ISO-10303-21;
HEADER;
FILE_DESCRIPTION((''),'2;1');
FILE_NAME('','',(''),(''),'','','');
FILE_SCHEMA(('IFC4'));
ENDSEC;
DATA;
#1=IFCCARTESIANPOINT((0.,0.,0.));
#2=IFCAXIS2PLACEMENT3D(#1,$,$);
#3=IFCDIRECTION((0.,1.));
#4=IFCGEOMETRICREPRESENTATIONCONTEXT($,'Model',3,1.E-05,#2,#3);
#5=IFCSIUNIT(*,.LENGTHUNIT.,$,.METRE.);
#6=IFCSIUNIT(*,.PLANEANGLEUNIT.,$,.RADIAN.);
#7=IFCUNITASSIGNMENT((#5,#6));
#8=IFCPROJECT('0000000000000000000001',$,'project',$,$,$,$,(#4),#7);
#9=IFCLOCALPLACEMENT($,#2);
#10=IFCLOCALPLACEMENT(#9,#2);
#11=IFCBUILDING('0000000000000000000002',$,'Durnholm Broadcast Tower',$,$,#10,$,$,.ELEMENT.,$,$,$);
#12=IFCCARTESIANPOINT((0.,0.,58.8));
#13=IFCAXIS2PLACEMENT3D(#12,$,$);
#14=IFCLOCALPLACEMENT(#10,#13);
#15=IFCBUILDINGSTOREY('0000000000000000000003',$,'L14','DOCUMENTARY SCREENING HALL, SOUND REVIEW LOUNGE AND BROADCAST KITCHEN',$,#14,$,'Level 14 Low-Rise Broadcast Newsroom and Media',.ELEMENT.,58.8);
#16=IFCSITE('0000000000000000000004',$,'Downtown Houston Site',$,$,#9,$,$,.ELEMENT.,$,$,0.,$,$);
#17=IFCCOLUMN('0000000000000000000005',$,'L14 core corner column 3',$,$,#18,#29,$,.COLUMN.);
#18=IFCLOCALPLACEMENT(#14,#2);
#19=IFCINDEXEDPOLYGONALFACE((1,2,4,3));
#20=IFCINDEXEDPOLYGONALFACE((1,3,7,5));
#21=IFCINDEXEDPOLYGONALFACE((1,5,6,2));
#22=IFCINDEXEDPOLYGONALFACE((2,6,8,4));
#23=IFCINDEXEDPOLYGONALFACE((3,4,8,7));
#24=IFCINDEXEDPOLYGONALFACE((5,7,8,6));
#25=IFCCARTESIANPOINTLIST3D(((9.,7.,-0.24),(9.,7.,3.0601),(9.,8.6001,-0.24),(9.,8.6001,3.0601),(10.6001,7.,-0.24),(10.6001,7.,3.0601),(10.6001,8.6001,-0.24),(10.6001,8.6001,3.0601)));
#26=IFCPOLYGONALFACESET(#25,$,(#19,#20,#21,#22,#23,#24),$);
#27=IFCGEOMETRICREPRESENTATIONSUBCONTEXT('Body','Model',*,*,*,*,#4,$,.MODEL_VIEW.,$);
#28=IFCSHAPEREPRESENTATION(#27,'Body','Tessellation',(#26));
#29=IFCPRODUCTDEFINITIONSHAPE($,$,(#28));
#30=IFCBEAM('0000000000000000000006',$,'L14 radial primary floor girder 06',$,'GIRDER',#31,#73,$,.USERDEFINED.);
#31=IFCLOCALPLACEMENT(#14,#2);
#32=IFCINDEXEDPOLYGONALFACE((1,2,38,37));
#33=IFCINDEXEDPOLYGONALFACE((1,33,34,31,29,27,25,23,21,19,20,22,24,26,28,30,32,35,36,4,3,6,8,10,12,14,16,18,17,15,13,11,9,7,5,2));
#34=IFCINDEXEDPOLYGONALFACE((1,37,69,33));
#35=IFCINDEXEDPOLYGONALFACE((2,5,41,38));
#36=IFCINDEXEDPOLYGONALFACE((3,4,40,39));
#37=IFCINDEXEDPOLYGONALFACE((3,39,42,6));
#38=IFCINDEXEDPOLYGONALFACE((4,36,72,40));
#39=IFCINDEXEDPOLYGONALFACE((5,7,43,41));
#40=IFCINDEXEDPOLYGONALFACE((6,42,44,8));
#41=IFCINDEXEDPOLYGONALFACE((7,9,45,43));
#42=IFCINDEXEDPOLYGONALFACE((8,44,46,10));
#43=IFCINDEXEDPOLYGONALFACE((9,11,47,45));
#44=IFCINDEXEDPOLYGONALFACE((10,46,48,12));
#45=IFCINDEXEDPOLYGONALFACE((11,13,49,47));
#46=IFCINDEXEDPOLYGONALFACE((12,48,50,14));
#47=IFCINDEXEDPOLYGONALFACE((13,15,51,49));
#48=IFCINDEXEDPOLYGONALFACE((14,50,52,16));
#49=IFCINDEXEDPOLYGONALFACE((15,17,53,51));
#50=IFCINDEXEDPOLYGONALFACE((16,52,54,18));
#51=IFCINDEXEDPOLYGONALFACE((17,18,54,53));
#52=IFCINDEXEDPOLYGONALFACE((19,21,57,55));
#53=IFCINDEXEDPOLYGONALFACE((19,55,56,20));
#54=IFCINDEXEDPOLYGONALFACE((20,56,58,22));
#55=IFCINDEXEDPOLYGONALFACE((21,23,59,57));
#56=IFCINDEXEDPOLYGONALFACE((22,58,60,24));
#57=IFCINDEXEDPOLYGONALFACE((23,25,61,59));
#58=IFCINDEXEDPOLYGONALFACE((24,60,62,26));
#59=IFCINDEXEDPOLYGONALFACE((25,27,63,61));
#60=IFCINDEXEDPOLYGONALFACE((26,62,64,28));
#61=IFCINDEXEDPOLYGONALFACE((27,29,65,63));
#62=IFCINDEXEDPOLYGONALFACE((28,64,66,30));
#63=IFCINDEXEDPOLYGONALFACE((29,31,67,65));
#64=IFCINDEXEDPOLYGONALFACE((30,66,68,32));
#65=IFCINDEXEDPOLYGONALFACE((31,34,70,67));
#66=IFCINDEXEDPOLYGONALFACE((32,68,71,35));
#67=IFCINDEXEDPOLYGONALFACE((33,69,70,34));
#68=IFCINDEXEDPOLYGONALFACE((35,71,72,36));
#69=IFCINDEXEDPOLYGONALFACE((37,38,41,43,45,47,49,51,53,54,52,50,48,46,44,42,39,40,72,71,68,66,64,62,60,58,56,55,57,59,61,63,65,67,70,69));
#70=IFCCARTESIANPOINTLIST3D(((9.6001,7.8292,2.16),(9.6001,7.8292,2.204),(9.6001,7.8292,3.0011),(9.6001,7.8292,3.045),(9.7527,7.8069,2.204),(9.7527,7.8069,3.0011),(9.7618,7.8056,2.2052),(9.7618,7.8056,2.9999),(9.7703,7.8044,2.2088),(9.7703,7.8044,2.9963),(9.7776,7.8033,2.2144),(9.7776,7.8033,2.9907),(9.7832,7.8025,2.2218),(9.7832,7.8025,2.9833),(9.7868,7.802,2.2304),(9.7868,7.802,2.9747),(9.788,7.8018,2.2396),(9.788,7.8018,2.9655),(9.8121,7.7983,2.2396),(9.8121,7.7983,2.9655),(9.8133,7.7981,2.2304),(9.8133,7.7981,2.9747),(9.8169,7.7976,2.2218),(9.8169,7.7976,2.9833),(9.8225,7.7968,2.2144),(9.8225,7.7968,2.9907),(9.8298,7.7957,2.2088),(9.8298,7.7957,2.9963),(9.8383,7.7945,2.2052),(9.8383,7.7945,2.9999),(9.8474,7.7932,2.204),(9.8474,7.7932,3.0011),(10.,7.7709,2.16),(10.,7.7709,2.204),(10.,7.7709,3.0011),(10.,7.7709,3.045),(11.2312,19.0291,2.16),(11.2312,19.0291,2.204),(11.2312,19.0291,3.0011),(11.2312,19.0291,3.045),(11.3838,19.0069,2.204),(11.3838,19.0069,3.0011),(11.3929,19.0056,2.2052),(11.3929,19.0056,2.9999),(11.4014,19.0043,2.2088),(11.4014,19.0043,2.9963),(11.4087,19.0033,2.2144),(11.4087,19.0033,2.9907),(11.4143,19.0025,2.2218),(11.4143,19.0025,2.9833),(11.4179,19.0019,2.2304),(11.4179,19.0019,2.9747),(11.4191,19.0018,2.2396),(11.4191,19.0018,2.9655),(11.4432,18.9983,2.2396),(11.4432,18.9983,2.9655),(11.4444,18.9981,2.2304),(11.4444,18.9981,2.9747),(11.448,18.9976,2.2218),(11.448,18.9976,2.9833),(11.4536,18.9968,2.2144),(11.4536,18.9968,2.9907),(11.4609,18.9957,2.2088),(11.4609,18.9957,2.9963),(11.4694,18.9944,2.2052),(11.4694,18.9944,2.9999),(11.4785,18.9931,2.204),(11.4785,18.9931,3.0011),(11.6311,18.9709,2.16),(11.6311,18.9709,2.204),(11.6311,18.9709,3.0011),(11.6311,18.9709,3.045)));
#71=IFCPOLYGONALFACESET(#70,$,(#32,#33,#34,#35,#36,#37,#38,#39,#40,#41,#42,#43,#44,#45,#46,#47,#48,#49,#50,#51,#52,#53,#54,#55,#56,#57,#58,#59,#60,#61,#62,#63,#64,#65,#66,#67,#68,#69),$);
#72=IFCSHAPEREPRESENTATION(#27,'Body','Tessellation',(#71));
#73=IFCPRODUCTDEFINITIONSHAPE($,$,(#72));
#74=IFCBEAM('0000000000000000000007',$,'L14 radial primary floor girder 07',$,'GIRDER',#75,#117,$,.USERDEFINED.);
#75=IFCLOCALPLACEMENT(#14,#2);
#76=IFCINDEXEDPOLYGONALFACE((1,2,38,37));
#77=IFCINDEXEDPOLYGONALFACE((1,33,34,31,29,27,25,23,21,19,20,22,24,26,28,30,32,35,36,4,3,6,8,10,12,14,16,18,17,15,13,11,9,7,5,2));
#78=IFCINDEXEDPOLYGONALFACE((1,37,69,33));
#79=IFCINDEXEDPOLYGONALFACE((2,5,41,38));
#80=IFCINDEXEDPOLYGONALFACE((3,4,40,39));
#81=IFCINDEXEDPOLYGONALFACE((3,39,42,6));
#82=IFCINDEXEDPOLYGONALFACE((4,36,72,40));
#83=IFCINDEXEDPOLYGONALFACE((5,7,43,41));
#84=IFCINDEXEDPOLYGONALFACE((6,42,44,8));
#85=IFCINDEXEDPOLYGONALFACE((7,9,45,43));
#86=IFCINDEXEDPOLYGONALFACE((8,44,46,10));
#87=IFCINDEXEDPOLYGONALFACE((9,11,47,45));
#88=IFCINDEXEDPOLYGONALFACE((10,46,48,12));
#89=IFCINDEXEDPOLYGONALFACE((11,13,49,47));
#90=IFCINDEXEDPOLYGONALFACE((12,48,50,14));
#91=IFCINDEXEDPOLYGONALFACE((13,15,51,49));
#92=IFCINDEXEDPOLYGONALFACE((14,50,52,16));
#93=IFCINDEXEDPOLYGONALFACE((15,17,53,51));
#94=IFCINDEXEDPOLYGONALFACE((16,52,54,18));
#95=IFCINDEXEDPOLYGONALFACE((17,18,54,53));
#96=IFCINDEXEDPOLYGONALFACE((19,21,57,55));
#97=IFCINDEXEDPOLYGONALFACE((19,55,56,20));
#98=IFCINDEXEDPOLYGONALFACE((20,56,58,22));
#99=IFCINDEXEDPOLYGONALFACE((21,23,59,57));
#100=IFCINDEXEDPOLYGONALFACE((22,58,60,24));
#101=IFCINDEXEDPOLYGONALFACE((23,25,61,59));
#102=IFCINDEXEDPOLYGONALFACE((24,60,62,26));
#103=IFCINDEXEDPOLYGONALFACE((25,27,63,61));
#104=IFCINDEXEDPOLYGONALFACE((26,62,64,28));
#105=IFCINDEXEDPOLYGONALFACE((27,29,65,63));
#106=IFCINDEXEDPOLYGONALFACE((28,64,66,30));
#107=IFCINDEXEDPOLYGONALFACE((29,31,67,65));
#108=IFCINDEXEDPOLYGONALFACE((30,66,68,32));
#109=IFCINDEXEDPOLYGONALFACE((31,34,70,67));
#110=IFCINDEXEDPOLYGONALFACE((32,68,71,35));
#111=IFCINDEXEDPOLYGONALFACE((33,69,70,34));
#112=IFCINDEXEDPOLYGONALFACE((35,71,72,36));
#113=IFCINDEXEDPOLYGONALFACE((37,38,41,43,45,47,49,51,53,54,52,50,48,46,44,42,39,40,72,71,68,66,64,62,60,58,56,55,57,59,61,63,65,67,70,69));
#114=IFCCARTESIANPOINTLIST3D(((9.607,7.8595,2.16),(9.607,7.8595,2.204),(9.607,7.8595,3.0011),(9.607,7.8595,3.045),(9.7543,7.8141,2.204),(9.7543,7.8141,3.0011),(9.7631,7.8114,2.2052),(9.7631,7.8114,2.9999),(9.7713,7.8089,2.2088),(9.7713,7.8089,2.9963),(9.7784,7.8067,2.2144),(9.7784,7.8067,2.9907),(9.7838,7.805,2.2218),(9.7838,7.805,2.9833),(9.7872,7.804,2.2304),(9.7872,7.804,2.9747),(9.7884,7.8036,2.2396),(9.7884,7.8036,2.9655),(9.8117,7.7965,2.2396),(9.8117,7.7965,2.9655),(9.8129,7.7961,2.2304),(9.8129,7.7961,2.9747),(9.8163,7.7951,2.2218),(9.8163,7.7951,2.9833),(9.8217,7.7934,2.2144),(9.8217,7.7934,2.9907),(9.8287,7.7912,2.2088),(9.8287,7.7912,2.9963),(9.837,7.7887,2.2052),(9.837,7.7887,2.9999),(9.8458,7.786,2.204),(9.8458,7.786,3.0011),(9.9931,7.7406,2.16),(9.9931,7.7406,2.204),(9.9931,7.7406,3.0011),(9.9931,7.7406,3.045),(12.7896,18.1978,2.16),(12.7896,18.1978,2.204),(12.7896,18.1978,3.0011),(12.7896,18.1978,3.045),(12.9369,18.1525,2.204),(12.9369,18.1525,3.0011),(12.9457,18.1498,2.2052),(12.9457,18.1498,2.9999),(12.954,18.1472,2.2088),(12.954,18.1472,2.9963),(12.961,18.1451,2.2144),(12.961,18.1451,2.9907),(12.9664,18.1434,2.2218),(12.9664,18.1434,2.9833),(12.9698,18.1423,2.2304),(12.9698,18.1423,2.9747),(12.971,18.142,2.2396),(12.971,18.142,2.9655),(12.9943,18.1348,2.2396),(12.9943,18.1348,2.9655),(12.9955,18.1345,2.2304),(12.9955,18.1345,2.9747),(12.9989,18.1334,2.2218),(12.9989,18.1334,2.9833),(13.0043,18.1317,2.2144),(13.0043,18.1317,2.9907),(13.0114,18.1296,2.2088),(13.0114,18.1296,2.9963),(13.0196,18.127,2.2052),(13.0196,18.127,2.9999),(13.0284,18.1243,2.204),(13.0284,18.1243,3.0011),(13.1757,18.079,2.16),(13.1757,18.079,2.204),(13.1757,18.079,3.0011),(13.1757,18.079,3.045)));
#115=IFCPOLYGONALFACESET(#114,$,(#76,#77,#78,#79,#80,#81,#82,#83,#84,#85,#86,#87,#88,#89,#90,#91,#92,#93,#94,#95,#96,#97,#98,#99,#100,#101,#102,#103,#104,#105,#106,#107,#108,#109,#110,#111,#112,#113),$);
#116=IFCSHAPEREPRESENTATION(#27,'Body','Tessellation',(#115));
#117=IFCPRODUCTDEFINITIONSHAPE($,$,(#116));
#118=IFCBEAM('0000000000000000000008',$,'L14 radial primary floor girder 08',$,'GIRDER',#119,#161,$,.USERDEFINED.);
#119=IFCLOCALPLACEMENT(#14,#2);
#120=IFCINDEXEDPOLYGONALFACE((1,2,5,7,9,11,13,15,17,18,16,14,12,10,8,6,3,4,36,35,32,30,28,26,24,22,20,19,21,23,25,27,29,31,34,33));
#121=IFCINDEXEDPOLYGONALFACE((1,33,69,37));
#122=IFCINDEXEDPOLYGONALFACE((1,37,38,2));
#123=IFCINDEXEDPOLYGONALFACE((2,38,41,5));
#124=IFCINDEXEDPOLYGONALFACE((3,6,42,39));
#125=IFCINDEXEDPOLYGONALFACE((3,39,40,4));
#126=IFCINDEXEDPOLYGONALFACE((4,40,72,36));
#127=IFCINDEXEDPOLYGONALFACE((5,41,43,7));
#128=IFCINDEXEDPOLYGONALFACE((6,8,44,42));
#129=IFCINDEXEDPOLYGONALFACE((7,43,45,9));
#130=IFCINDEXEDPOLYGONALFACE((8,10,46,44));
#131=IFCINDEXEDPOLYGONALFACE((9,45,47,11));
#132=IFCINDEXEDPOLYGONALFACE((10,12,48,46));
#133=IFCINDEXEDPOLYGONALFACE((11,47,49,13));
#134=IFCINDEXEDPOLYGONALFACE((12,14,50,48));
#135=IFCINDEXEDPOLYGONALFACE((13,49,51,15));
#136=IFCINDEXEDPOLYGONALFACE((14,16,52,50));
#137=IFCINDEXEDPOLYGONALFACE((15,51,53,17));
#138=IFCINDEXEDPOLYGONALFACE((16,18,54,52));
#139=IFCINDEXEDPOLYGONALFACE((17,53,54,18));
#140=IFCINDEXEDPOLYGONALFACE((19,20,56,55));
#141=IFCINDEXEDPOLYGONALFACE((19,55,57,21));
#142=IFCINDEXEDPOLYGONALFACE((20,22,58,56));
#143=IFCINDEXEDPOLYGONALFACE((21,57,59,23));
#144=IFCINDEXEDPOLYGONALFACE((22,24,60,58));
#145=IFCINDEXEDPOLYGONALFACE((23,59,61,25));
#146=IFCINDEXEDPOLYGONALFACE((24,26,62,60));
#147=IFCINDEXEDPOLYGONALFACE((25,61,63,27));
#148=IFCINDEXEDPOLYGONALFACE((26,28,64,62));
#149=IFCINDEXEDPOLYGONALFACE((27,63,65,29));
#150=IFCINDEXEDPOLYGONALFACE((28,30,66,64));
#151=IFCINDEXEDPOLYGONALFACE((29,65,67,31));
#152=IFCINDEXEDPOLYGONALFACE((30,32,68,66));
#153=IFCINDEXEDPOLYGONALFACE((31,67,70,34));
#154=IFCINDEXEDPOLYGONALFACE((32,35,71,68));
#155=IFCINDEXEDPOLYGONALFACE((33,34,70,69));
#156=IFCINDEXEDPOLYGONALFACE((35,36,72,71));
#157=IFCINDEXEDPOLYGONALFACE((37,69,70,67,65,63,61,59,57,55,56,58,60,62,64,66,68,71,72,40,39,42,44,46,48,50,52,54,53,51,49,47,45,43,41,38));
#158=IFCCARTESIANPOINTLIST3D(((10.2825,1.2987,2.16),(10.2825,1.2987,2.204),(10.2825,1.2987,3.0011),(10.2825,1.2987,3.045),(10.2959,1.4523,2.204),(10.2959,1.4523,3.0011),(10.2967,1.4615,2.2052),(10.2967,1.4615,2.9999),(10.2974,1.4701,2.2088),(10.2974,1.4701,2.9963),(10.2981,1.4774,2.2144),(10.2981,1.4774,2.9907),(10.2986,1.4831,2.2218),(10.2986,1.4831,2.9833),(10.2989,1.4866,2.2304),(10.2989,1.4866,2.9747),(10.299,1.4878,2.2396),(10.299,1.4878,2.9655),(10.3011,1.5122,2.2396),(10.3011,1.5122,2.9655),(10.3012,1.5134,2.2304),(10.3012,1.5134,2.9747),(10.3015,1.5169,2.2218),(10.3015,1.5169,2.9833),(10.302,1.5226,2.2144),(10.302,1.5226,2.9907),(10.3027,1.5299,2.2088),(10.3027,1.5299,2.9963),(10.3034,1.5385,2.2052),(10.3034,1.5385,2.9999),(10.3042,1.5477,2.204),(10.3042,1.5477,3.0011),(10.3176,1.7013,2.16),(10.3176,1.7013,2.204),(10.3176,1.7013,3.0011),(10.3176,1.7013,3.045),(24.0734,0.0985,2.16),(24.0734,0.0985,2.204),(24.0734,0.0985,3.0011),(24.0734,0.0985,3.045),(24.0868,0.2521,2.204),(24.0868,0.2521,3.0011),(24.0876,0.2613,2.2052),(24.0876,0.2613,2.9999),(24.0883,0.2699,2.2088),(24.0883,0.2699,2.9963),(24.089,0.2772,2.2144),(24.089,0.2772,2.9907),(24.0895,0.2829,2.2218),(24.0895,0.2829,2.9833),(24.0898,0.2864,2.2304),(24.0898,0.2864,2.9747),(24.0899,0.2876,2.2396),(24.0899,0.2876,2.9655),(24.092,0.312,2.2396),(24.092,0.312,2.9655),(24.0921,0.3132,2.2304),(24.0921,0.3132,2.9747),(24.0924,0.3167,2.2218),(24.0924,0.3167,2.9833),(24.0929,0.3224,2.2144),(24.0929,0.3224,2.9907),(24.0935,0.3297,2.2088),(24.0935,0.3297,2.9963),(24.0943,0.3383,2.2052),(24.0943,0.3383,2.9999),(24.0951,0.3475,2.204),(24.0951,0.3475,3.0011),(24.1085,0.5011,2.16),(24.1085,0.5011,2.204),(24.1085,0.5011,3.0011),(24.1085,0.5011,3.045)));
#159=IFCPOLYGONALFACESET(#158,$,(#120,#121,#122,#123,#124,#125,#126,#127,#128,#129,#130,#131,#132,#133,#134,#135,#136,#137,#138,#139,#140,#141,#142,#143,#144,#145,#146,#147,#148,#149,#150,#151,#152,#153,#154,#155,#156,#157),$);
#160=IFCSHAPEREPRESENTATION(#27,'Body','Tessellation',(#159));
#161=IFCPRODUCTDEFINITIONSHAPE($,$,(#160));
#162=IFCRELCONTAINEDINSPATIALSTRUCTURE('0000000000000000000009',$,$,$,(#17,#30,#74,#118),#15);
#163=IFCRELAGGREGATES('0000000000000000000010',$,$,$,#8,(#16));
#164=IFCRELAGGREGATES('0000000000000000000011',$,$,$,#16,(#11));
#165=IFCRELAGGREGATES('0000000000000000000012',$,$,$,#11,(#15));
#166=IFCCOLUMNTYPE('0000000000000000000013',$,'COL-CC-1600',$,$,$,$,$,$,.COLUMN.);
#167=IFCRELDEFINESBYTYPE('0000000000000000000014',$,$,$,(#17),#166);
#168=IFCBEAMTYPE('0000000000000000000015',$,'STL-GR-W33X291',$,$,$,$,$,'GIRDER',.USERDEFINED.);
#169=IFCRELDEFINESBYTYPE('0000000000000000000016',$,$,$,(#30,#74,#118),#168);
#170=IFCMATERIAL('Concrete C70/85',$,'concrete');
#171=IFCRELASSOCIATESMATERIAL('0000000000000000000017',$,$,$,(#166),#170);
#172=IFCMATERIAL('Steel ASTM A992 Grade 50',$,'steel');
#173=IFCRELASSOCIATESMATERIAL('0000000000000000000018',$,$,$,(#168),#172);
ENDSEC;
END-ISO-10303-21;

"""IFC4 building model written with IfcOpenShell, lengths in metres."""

from ifc_helpers import new_model, si_unit, direction, frame, origin, origin_2d, place, context, subcontext, project, spatial, rectangle, i_section, extrude, source, transform, mapped, material, material_profile, profile_set, type_object, type_shapes, element, save


model = new_model("IFC4")

# Units and contexts
model_context = context("Model", 3, precision=1e-05, world=origin(), true_north=direction((0.0, 1.0)))
body_context = subcontext(model_context, "Body", "Model", "MODEL_VIEW")
ifc_project = project(units=[si_unit("LENGTHUNIT", "METRE"), si_unit("PLANEANGLEUNIT", "RADIAN")], contexts=[model_context])

# Site, building, storey
site_placement = place(None, origin())
site = spatial("IfcSite", under=ifc_project, at=site_placement, Name="Downtown Houston Site", CompositionType="ELEMENT", RefElevation=0.0)
building_placement = place(site_placement, origin())
building = spatial("IfcBuilding", under=site, at=building_placement, Name="Durnholm Broadcast Tower", CompositionType="ELEMENT")
storey_placement = place(building_placement, frame((0.0, 0.0, 58.8)))
storey = spatial("IfcBuildingStorey", under=building, at=storey_placement, Name="L14", Description="DOCUMENTARY SCREENING HALL, SOUND REVIEW LOUNGE AND BROADCAST KITCHEN", LongName="Level 14 Low-Rise Broadcast Newsroom and Media", CompositionType="ELEMENT", Elevation=58.8)

# Column
ifc_material_1 = material(Name="Concrete C70/85", Category="concrete")
ifc_material_profile_1 = material_profile(ifc_material_1, rectangle(XDim=1.6001, YDim=1.6001, at=origin_2d()), Name="RC1600X1600")
ifc_profile_set_1 = profile_set([ifc_material_profile_1], Name="Concrete C70/85")
column_type = type_object("IfcColumnType", Name="COL-CC-1600", PredefinedType="COLUMN", material=ifc_profile_set_1)
shared_shape_1 = source(origin(), body_context, "Body", "SweptSolid", [
    extrude(rectangle(XDim=1.6001, YDim=1.6001, at=origin_2d()), origin(), (0.0, 0.0, 1.0), 3.3),
])
type_shapes(column_type, [shared_shape_1])
column_placement = place(storey_placement, frame((9.8, 7.8, -0.24), z_axis=(0.0, 0.0, 1.0), x_axis=(1.0, 0.0, 0.0)))
element("IfcColumn", 1, at=column_placement, inside=storey, type_object=column_type, Name="L14 core corner column 3", PredefinedType="COLUMN", context=body_context, shape_type="MappedRepresentation", body=[
    mapped(shared_shape_1, transform((0.0, 0.0, 0.0), x_axis=(1.0, 0.0, 0.0), y_axis=(0.0, 1.0, 0.0), z_axis=(0.0, 0.0, 1.0), scale=1.0)),
])

# Beams
ifc_material_2 = material(Name="Steel ASTM A992 Grade 50", Category="steel")
ifc_material_profile_2 = material_profile(ifc_material_2, i_section(OverallWidth=0.4041, OverallDepth=0.885, WebThickness=0.0244, FlangeThickness=0.0439, FilletRadius=0.0356, at=origin_2d()), Name="W33X291")
ifc_profile_set_2 = profile_set([ifc_material_profile_2], Name="Steel ASTM A992 Grade 50")
beam_type_1 = type_object("IfcBeamType", Name="STL-GR-W33X291", ElementType="GIRDER", PredefinedType="USERDEFINED", material=ifc_profile_set_2)
shared_shape_2 = source(origin(), body_context, "Body", "SweptSolid", [
    extrude(i_section(OverallWidth=0.4041, OverallDepth=0.885, WebThickness=0.0244, FlangeThickness=0.0439, FilletRadius=0.0356, at=origin_2d()), origin(), (0.0, 0.0, 1.0), 11.3181),
])
beam_1_placement = place(storey_placement, frame((9.8, 7.8, 2.6025), z_axis=(0.144115, 0.989561, 0.0), x_axis=(-0.989561, 0.144115, 0.0)))
element("IfcBeam", 2, at=beam_1_placement, inside=storey, type_object=beam_type_1, Name="L14 radial primary floor girder 06", ObjectType="GIRDER", PredefinedType="USERDEFINED", context=body_context, shape_type="MappedRepresentation", body=[
    mapped(shared_shape_2, transform((0.0, 0.0, 0.0), x_axis=(1.0, 0.0, 0.0), y_axis=(0.0, 1.0, 0.0), z_axis=(0.0, 0.0, 1.0), scale=1.0)),
])
shared_shape_3 = source(origin(), body_context, "Body", "SweptSolid", [
    extrude(i_section(OverallWidth=0.4041, OverallDepth=0.885, WebThickness=0.0244, FlangeThickness=0.0439, FilletRadius=0.0356, at=origin_2d()), origin(), (0.0, 0.0, 1.0), 10.8171),
])
beam_2_placement = place(storey_placement, frame((9.8, 7.8, 2.6025), z_axis=(0.294219, 0.955738, 0.0), x_axis=(-0.955738, 0.294219, 0.0)))
element("IfcBeam", 3, at=beam_2_placement, inside=storey, type_object=beam_type_1, Name="L14 radial primary floor girder 07", ObjectType="GIRDER", PredefinedType="USERDEFINED", context=body_context, shape_type="MappedRepresentation", body=[
    mapped(shared_shape_3, transform((0.0, 0.0, 0.0), x_axis=(1.0, 0.0, 0.0), y_axis=(0.0, 1.0, 0.0), z_axis=(0.0, 0.0, 1.0), scale=1.0)),
])
shared_shape_4 = source(origin(), body_context, "Body", "SweptSolid", [
    extrude(i_section(OverallWidth=0.4041, OverallDepth=0.885, WebThickness=0.0244, FlangeThickness=0.0439, FilletRadius=0.0356, at=origin_2d()), origin(), (0.0, 0.0, 1.0), 13.843),
])
beam_3_placement = place(storey_placement, frame((10.3, 1.5, 2.6025), z_axis=(0.996234, -0.086701, 0.0), x_axis=(0.086701, 0.996234, 0.0)))
element("IfcBeam", 4, at=beam_3_placement, inside=storey, type_object=beam_type_1, Name="L14 radial primary floor girder 08", ObjectType="GIRDER", PredefinedType="USERDEFINED", context=body_context, shape_type="MappedRepresentation", body=[
    mapped(shared_shape_4, transform((0.0, 0.0, 0.0), x_axis=(1.0, 0.0, 0.0), y_axis=(0.0, 1.0, 0.0), z_axis=(0.0, 0.0, 1.0), scale=1.0)),
])

save(model, "model.ifc")
